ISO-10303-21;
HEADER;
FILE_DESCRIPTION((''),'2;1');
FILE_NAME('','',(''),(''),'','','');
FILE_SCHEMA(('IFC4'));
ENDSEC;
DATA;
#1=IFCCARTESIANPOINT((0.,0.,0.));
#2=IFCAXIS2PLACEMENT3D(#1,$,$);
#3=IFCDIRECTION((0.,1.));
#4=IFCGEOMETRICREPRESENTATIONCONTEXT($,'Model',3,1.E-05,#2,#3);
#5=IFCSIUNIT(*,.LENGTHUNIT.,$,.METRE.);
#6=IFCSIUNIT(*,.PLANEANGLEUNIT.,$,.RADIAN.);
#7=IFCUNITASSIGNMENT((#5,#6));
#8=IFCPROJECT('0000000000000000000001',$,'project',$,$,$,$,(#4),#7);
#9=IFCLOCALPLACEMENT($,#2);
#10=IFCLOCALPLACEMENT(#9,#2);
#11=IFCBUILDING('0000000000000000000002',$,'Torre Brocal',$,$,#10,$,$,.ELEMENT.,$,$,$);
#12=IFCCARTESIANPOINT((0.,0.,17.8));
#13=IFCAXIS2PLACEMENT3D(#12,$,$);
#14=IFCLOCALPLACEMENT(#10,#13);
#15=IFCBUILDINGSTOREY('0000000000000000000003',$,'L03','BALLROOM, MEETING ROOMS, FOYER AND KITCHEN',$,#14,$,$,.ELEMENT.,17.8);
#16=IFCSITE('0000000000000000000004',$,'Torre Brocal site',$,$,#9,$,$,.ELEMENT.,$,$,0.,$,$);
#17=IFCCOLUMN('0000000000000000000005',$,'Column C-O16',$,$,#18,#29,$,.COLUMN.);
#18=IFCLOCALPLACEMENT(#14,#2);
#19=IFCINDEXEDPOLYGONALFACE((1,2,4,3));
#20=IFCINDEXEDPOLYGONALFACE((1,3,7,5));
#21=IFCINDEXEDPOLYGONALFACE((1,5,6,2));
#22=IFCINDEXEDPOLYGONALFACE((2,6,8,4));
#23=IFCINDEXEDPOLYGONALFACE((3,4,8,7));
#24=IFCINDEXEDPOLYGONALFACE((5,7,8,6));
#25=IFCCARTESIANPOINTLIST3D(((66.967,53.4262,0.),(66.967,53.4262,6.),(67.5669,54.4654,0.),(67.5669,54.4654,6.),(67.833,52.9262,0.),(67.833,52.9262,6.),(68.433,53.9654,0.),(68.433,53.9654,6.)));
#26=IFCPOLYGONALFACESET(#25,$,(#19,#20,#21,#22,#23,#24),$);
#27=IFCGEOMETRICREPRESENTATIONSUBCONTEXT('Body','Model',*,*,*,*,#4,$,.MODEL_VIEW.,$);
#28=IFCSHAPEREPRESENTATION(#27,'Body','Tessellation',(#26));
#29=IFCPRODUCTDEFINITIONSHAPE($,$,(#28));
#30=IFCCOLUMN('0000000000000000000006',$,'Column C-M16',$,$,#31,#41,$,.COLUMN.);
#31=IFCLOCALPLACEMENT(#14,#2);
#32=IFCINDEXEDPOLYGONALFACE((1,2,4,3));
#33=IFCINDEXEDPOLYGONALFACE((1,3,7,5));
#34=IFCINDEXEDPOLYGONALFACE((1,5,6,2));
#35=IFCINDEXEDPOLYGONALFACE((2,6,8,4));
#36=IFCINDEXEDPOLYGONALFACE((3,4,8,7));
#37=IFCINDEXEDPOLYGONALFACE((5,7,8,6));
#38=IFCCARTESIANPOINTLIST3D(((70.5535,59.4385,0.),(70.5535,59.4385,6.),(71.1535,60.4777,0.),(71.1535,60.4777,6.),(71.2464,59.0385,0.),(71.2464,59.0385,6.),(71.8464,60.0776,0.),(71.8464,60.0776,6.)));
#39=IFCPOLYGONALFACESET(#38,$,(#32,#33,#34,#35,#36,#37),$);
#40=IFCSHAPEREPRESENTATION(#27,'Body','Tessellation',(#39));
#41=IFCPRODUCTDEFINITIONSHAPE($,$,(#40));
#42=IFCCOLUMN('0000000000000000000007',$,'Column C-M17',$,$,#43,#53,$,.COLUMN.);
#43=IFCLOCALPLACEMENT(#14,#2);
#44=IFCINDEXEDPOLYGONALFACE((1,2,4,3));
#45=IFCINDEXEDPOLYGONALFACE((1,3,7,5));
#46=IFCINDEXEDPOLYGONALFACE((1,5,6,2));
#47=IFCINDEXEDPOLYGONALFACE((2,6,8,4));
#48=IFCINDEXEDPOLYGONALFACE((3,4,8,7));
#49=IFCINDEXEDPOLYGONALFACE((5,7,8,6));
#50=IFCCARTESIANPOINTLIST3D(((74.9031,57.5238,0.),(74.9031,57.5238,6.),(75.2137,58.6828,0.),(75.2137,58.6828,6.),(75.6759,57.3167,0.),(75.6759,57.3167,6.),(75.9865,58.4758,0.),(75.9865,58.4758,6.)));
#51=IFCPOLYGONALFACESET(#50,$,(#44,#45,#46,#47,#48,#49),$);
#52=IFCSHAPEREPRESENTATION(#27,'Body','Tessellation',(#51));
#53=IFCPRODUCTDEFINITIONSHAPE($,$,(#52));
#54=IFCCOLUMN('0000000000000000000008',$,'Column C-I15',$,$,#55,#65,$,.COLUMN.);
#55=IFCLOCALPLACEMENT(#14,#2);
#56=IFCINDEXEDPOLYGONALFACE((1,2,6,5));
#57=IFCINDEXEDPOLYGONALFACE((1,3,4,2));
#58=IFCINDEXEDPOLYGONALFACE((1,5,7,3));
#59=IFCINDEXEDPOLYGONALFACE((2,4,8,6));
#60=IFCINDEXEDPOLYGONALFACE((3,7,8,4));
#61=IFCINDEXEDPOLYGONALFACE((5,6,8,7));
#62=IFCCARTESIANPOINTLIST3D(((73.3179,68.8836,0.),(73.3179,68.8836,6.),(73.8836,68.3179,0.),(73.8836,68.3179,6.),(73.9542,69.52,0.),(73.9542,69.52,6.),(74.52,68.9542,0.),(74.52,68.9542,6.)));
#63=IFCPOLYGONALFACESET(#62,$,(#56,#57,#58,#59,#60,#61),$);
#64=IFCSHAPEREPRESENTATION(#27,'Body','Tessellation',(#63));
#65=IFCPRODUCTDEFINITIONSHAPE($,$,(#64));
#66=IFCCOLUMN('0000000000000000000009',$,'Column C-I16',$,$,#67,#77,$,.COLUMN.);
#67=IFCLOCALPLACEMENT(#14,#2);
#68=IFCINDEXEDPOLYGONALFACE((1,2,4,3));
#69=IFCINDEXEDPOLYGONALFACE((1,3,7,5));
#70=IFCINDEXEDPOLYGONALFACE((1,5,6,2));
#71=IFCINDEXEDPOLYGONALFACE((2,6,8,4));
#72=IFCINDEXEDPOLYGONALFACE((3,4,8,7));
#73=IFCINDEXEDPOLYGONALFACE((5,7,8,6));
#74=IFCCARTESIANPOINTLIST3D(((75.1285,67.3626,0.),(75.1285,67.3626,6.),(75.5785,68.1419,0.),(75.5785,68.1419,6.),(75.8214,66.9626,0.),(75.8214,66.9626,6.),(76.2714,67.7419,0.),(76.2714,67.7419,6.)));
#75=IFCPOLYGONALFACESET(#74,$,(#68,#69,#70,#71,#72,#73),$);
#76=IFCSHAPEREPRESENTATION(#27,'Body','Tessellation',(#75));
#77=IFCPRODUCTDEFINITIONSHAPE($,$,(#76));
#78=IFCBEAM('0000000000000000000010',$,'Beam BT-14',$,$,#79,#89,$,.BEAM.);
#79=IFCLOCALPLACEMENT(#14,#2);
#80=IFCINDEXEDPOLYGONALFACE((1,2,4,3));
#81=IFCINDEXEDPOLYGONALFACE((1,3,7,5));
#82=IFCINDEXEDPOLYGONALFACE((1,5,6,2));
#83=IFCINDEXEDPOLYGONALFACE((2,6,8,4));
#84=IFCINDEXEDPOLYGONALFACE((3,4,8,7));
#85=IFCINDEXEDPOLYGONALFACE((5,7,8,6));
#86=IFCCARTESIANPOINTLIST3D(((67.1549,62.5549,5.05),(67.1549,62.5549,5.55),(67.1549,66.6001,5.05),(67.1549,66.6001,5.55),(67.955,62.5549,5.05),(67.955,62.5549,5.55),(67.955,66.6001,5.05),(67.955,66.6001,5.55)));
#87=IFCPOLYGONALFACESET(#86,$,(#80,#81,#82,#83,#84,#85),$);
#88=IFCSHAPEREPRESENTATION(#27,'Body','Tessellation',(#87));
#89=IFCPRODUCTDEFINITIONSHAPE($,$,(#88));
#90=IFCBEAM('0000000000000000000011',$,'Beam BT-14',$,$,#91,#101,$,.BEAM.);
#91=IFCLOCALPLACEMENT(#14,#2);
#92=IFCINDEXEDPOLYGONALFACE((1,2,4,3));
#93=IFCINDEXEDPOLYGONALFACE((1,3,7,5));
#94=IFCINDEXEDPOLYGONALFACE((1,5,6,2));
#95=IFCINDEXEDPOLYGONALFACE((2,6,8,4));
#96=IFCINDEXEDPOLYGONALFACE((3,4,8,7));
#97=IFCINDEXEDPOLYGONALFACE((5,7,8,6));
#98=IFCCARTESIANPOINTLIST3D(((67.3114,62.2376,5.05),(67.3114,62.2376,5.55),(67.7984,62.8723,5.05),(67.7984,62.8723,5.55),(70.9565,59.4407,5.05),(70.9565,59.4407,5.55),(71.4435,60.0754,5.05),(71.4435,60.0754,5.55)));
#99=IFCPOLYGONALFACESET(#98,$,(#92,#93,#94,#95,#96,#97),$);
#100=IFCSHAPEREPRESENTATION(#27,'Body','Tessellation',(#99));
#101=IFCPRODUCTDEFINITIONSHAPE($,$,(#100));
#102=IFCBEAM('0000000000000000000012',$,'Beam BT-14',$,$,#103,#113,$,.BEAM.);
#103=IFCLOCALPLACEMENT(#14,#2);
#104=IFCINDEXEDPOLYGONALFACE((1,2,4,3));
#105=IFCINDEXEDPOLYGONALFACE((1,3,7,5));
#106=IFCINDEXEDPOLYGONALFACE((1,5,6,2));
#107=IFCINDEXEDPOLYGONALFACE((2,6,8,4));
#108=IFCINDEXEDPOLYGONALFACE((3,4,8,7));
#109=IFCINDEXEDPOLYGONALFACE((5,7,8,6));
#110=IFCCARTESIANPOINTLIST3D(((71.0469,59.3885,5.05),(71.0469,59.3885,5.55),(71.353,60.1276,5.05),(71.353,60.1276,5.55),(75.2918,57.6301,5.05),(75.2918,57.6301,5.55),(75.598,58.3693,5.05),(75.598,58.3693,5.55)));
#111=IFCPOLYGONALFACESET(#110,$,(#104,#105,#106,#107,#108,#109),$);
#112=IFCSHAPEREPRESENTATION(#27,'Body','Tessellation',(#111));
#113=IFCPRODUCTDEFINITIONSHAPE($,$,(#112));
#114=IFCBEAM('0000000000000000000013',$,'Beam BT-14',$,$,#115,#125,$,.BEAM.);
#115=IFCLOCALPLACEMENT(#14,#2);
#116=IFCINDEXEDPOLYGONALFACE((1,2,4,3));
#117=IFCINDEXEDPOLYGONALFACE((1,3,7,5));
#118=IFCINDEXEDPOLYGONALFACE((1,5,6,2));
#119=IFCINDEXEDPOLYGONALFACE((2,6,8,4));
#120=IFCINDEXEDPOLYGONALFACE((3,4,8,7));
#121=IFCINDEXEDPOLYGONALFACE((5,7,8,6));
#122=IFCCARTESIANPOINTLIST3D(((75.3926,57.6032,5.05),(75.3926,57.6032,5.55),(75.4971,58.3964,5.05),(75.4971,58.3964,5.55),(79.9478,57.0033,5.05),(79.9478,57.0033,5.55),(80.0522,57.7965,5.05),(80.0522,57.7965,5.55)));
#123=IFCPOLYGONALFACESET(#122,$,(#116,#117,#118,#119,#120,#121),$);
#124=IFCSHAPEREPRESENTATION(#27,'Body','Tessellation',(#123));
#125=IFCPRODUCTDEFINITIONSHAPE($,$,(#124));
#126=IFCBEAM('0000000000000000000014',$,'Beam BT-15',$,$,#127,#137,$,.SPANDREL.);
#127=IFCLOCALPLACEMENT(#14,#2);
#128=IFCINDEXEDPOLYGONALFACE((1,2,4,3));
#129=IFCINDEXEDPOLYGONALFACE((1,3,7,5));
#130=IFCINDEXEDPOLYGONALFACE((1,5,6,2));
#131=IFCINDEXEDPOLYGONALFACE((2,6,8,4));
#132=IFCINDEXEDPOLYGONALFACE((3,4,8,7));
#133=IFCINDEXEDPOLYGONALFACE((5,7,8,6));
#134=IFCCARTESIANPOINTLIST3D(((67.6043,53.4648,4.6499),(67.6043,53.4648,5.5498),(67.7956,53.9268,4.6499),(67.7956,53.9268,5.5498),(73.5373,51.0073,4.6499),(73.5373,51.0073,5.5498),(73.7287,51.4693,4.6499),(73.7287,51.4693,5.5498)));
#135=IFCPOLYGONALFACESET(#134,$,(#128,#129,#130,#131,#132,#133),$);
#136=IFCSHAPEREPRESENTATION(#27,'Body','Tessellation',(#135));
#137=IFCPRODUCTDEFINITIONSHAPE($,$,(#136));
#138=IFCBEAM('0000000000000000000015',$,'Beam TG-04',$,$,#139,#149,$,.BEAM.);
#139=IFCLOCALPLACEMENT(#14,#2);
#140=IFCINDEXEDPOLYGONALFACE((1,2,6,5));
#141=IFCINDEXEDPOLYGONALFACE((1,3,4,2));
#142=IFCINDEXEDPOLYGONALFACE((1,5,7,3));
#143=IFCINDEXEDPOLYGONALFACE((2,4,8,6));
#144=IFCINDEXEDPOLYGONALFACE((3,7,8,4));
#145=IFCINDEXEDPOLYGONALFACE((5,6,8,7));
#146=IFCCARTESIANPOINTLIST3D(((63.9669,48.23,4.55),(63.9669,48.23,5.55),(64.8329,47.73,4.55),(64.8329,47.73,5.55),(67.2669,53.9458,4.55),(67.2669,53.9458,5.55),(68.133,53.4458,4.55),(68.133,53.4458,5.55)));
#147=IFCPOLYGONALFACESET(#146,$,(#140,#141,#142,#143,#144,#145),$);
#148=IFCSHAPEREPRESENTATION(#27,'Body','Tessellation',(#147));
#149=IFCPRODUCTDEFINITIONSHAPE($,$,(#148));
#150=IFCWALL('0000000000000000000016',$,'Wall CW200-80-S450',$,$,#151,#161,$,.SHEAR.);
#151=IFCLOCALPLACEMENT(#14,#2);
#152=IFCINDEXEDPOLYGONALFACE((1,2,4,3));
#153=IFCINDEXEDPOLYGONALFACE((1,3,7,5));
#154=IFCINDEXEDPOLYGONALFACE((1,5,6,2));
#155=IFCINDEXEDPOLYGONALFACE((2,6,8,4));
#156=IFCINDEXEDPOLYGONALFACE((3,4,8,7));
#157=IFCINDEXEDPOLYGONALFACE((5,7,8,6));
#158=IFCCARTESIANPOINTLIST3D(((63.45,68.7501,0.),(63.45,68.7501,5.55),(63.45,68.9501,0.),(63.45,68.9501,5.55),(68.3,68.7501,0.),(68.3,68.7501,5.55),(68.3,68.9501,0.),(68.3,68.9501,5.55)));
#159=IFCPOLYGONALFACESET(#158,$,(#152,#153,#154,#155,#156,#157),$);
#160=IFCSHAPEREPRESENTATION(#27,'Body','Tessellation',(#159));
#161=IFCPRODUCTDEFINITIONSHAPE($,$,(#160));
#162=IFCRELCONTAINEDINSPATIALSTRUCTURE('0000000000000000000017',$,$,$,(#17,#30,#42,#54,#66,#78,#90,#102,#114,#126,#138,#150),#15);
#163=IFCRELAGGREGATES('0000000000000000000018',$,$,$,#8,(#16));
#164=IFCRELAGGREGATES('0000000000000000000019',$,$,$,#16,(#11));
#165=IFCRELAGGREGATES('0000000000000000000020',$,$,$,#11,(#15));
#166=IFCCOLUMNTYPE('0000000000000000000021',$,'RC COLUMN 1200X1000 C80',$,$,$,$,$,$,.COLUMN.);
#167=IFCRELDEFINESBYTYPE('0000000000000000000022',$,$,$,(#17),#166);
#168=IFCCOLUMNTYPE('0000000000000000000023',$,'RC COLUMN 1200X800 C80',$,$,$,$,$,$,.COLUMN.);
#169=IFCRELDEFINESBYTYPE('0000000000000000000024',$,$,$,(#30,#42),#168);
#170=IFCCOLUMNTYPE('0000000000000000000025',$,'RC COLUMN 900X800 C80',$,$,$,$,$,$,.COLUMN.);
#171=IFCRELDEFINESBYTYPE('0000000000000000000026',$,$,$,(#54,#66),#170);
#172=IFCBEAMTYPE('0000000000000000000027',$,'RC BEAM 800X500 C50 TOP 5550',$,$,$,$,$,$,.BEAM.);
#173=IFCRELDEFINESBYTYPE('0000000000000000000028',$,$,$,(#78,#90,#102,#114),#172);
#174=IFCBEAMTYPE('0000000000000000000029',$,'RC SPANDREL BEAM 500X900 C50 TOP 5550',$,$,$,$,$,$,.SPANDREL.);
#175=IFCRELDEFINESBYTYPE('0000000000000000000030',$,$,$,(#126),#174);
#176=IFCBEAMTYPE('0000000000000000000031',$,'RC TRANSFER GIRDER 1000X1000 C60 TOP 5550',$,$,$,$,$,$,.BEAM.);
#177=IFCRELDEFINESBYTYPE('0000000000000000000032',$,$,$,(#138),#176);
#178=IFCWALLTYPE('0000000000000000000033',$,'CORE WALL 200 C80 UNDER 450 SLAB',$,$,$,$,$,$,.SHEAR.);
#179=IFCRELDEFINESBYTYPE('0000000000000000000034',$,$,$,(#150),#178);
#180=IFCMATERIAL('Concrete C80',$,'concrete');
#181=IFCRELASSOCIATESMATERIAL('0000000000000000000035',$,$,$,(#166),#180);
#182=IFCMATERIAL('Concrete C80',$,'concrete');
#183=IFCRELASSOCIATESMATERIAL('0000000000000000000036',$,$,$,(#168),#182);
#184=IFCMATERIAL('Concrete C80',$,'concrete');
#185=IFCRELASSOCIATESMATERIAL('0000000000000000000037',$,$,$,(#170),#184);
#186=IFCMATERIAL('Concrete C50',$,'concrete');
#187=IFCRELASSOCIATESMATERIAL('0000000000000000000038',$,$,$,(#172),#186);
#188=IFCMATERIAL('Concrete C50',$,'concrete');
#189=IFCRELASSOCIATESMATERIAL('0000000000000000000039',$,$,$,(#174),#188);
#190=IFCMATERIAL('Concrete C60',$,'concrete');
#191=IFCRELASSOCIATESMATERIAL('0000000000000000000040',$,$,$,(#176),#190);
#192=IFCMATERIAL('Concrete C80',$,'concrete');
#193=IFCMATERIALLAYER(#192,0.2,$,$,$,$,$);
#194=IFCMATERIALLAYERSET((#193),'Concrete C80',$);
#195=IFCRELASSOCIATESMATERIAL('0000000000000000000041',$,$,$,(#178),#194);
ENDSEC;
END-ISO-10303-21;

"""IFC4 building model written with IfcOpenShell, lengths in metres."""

from ifc_helpers import new_model, si_unit, direction, frame, frame_2d, origin, origin_2d, place, context, subcontext, project, spatial, rectangle, extrude, material, layer, layer_set, material_profile, profile_set, type_object, element, save


model = new_model("IFC4")

# Units and contexts
model_context = context("Model", 3, precision=1e-05, world=origin(), true_north=direction((0.0, 1.0)))
body_context = subcontext(model_context, "Body", "Model", "MODEL_VIEW")
ifc_project = project(units=[si_unit("LENGTHUNIT", "METRE"), si_unit("PLANEANGLEUNIT", "RADIAN")], contexts=[model_context])

# Site, building, storey
site_placement = place(None, origin())
site = spatial("IfcSite", under=ifc_project, at=site_placement, Name="Torre Brocal site", CompositionType="ELEMENT", RefElevation=0.0)
building_placement = place(site_placement, origin())
building = spatial("IfcBuilding", under=site, at=building_placement, Name="Torre Brocal", CompositionType="ELEMENT")
storey_placement = place(building_placement, frame((0.0, 0.0, 17.8)))
storey = spatial("IfcBuildingStorey", under=building, at=storey_placement, Name="L03", Description="BALLROOM, MEETING ROOMS, FOYER AND KITCHEN", CompositionType="ELEMENT", Elevation=17.8)

# Columns
ifc_material_1 = material(Name="Concrete C80", Category="concrete")
ifc_material_profile_1 = material_profile(ifc_material_1, rectangle(XDim=1.2, YDim=1.0, at=origin_2d()), Name="RC 1200X1000")
ifc_profile_set_1 = profile_set([ifc_material_profile_1], Name="Concrete C80")
column_type_1 = type_object("IfcColumnType", Name="RC COLUMN 1200X1000 C80", PredefinedType="COLUMN", material=ifc_profile_set_1)
column_placement = place(storey_placement, frame((67.7, 53.6958, 0.0), z_axis=(0.0, 0.0, 1.0), x_axis=(-0.5, -0.866025, 0.0)))
element("IfcColumn", 1, at=column_placement, inside=storey, type_object=column_type_1, Name="Column C-O16", PredefinedType="COLUMN", context=body_context, shape_type="SweptSolid", body=[
    extrude(rectangle(XDim=1.2, YDim=1.0, at=origin_2d()), origin(), (0.0, 0.0, 1.0), 6.0),
])
ifc_material_2 = material(Name="Concrete C80", Category="concrete")
ifc_material_profile_2 = material_profile(ifc_material_2, rectangle(XDim=1.2, YDim=0.8, at=origin_2d()), Name="RC 1200X800")
ifc_profile_set_2 = profile_set([ifc_material_profile_2], Name="Concrete C80")
column_type_2 = type_object("IfcColumnType", Name="RC COLUMN 1200X800 C80", PredefinedType="COLUMN", material=ifc_profile_set_2)
for number, where, z_axis, x_axis, name in (
    (2, (71.2, 59.7581, 0.0), (0.0, 0.0, 1.0), (-0.5, -0.866025, 0.0), "Column C-M16"),
    (3, (75.4448, 57.9998, 0.0), (0.0, 0.0, 1.0), (-0.258819, -0.965926, 0.0), "Column C-M17"),
):
    element("IfcColumn", number, at=place(storey_placement, frame(where, z_axis=z_axis, x_axis=x_axis)), inside=storey, type_object=column_type_2, Name=name, PredefinedType="COLUMN", context=body_context, shape_type="SweptSolid", body=[
        extrude(rectangle(XDim=1.2, YDim=0.8, at=origin_2d()), origin(), (0.0, 0.0, 1.0), 6.0),
    ])
ifc_material_3 = material(Name="Concrete C80", Category="concrete")
ifc_material_profile_3 = material_profile(ifc_material_3, rectangle(XDim=0.8999, YDim=0.8, at=origin_2d()), Name="RC 900X800")
ifc_profile_set_3 = profile_set([ifc_material_profile_3], Name="Concrete C80")
column_type_3 = type_object("IfcColumnType", Name="RC COLUMN 900X800 C80", PredefinedType="COLUMN", material=ifc_profile_set_3)
for number, where, z_axis, x_axis, name in (
    (4, (73.9189, 68.9189, 0.0), (0.0, 0.0, 1.0), (-0.707107, -0.707107, 0.0), "Column C-I15"),
    (5, (75.7, 67.5522, 0.0), (0.0, 0.0, 1.0), (-0.5, -0.866025, 0.0), "Column C-I16"),
):
    element("IfcColumn", number, at=place(storey_placement, frame(where, z_axis=z_axis, x_axis=x_axis)), inside=storey, type_object=column_type_3, Name=name, PredefinedType="COLUMN", context=body_context, shape_type="SweptSolid", body=[
        extrude(rectangle(XDim=0.8999, YDim=0.8, at=origin_2d()), origin(), (0.0, 0.0, 1.0), 6.0),
    ])

# Beams
ifc_material_4 = material(Name="Concrete C50", Category="concrete")
ifc_material_profile_4 = material_profile(ifc_material_4, rectangle(XDim=0.8, YDim=0.5, at=origin_2d()), Name="RC 800X500")
ifc_profile_set_4 = profile_set([ifc_material_profile_4], Name="Concrete C50")
beam_type_1 = type_object("IfcBeamType", Name="RC BEAM 800X500 C50 TOP 5550", PredefinedType="BEAM", material=ifc_profile_set_4)
beam_1_placement = place(storey_placement, frame((67.5549, 62.5549, 5.3), z_axis=(0.0, 1.0, 0.0), x_axis=(-1.0, 0.0, 0.0)))
element("IfcBeam", 6, at=beam_1_placement, inside=storey, type_object=beam_type_1, Name="Beam BT-14", PredefinedType="BEAM", context=body_context, shape_type="SweptSolid", body=[
    extrude(rectangle(XDim=0.8, YDim=0.5, at=origin_2d()), origin(), (0.0, 0.0, 1.0), 4.0452),
])
beam_2_placement = place(storey_placement, frame((67.5549, 62.5549, 5.3), z_axis=(0.793358, -0.608755, 0.0), x_axis=(0.608755, 0.793358, 0.0)))
element("IfcBeam", 7, at=beam_2_placement, inside=storey, type_object=beam_type_1, Name="Beam BT-14", PredefinedType="BEAM", context=body_context, shape_type="SweptSolid", body=[
    extrude(rectangle(XDim=0.8, YDim=0.5, at=origin_2d()), origin(), (0.0, 0.0, 1.0), 4.5945),
])
beam_3_placement = place(storey_placement, frame((71.2, 59.7581, 5.3), z_axis=(0.923878, -0.382687, 0.0), x_axis=(0.382687, 0.923878, 0.0)))
element("IfcBeam", 8, at=beam_3_placement, inside=storey, type_object=beam_type_1, Name="Beam BT-14", PredefinedType="BEAM", context=body_context, shape_type="SweptSolid", body=[
    extrude(rectangle(XDim=0.8, YDim=0.5, at=origin_2d()), origin(), (0.0, 0.0, 1.0), 4.5947),
])
beam_4_placement = place(storey_placement, frame((75.4448, 57.9998, 5.3), z_axis=(0.991441, -0.130559, 0.0), x_axis=(0.130559, 0.991441, 0.0)))
element("IfcBeam", 9, at=beam_4_placement, inside=storey, type_object=beam_type_1, Name="Beam BT-14", PredefinedType="BEAM", context=body_context, shape_type="SweptSolid", body=[
    extrude(rectangle(XDim=0.8, YDim=0.5, at=origin_2d()), origin(), (0.0, 0.0, 1.0), 4.5945),
])
ifc_material_5 = material(Name="Concrete C50", Category="concrete")
ifc_material_profile_5 = material_profile(ifc_material_5, rectangle(XDim=0.5, YDim=0.8999, at=origin_2d()), Name="RC 500X900")
ifc_profile_set_5 = profile_set([ifc_material_profile_5], Name="Concrete C50")
beam_type_2 = type_object("IfcBeamType", Name="RC SPANDREL BEAM 500X900 C50 TOP 5550", PredefinedType="SPANDREL", material=ifc_profile_set_5)
beam_5_placement = place(storey_placement, frame((67.7, 53.6958, 5.0999), z_axis=(0.923882, -0.382676, 0.0), x_axis=(0.382676, 0.923882, 0.0)))
element("IfcBeam", 10, at=beam_5_placement, inside=storey, type_object=beam_type_2, Name="Beam BT-15", PredefinedType="SPANDREL", context=body_context, shape_type="SweptSolid", body=[
    extrude(rectangle(XDim=0.5, YDim=0.8999, at=origin_2d()), origin(), (0.0, 0.0, 1.0), 6.4219),
])
ifc_material_6 = material(Name="Concrete C60", Category="concrete")
ifc_material_profile_6 = material_profile(ifc_material_6, rectangle(XDim=1.0, YDim=1.0, at=origin_2d()), Name="RC 1000X1000")
ifc_profile_set_6 = profile_set([ifc_material_profile_6], Name="Concrete C60")
beam_type_3 = type_object("IfcBeamType", Name="RC TRANSFER GIRDER 1000X1000 C60 TOP 5550", PredefinedType="BEAM", material=ifc_profile_set_6)
beam_6_placement = place(storey_placement, frame((67.7, 53.6958, 5.05), z_axis=(-0.500002, -0.866024, 0.0), x_axis=(0.866024, -0.500002, 0.0)))
element("IfcBeam", 11, at=beam_6_placement, inside=storey, type_object=beam_type_3, Name="Beam TG-04", PredefinedType="BEAM", context=body_context, shape_type="SweptSolid", body=[
    extrude(rectangle(XDim=1.0, YDim=1.0, at=origin_2d()), origin(), (0.0, 0.0, 1.0), 6.6001),
])

# Wall
ifc_material_7 = material(Name="Concrete C80", Category="concrete")
ifc_layer_1 = layer(ifc_material_7, 0.2)
ifc_layer_set_1 = layer_set([ifc_layer_1], Name="Concrete C80")
wall_type_1 = type_object("IfcWallType", Name="CORE WALL 200 C80 UNDER 450 SLAB", PredefinedType="SHEAR", material=ifc_layer_set_1)
wall_1_placement = place(storey_placement, frame((68.3, 68.8501, 0.0), z_axis=(0.0, 0.0, 1.0), x_axis=(-1.0, 0.0, 0.0)))
element("IfcWall", 12, at=wall_1_placement, inside=storey, type_object=wall_type_1, Name="Wall CW200-80-S450", PredefinedType="SHEAR", context=body_context, shape_type="SweptSolid", body=[
    extrude(rectangle(XDim=4.8501, YDim=0.2, at=frame_2d((2.425, 0.0))), origin(), (0.0, 0.0, 1.0), 5.55),
])

save(model, "model.ifc")
